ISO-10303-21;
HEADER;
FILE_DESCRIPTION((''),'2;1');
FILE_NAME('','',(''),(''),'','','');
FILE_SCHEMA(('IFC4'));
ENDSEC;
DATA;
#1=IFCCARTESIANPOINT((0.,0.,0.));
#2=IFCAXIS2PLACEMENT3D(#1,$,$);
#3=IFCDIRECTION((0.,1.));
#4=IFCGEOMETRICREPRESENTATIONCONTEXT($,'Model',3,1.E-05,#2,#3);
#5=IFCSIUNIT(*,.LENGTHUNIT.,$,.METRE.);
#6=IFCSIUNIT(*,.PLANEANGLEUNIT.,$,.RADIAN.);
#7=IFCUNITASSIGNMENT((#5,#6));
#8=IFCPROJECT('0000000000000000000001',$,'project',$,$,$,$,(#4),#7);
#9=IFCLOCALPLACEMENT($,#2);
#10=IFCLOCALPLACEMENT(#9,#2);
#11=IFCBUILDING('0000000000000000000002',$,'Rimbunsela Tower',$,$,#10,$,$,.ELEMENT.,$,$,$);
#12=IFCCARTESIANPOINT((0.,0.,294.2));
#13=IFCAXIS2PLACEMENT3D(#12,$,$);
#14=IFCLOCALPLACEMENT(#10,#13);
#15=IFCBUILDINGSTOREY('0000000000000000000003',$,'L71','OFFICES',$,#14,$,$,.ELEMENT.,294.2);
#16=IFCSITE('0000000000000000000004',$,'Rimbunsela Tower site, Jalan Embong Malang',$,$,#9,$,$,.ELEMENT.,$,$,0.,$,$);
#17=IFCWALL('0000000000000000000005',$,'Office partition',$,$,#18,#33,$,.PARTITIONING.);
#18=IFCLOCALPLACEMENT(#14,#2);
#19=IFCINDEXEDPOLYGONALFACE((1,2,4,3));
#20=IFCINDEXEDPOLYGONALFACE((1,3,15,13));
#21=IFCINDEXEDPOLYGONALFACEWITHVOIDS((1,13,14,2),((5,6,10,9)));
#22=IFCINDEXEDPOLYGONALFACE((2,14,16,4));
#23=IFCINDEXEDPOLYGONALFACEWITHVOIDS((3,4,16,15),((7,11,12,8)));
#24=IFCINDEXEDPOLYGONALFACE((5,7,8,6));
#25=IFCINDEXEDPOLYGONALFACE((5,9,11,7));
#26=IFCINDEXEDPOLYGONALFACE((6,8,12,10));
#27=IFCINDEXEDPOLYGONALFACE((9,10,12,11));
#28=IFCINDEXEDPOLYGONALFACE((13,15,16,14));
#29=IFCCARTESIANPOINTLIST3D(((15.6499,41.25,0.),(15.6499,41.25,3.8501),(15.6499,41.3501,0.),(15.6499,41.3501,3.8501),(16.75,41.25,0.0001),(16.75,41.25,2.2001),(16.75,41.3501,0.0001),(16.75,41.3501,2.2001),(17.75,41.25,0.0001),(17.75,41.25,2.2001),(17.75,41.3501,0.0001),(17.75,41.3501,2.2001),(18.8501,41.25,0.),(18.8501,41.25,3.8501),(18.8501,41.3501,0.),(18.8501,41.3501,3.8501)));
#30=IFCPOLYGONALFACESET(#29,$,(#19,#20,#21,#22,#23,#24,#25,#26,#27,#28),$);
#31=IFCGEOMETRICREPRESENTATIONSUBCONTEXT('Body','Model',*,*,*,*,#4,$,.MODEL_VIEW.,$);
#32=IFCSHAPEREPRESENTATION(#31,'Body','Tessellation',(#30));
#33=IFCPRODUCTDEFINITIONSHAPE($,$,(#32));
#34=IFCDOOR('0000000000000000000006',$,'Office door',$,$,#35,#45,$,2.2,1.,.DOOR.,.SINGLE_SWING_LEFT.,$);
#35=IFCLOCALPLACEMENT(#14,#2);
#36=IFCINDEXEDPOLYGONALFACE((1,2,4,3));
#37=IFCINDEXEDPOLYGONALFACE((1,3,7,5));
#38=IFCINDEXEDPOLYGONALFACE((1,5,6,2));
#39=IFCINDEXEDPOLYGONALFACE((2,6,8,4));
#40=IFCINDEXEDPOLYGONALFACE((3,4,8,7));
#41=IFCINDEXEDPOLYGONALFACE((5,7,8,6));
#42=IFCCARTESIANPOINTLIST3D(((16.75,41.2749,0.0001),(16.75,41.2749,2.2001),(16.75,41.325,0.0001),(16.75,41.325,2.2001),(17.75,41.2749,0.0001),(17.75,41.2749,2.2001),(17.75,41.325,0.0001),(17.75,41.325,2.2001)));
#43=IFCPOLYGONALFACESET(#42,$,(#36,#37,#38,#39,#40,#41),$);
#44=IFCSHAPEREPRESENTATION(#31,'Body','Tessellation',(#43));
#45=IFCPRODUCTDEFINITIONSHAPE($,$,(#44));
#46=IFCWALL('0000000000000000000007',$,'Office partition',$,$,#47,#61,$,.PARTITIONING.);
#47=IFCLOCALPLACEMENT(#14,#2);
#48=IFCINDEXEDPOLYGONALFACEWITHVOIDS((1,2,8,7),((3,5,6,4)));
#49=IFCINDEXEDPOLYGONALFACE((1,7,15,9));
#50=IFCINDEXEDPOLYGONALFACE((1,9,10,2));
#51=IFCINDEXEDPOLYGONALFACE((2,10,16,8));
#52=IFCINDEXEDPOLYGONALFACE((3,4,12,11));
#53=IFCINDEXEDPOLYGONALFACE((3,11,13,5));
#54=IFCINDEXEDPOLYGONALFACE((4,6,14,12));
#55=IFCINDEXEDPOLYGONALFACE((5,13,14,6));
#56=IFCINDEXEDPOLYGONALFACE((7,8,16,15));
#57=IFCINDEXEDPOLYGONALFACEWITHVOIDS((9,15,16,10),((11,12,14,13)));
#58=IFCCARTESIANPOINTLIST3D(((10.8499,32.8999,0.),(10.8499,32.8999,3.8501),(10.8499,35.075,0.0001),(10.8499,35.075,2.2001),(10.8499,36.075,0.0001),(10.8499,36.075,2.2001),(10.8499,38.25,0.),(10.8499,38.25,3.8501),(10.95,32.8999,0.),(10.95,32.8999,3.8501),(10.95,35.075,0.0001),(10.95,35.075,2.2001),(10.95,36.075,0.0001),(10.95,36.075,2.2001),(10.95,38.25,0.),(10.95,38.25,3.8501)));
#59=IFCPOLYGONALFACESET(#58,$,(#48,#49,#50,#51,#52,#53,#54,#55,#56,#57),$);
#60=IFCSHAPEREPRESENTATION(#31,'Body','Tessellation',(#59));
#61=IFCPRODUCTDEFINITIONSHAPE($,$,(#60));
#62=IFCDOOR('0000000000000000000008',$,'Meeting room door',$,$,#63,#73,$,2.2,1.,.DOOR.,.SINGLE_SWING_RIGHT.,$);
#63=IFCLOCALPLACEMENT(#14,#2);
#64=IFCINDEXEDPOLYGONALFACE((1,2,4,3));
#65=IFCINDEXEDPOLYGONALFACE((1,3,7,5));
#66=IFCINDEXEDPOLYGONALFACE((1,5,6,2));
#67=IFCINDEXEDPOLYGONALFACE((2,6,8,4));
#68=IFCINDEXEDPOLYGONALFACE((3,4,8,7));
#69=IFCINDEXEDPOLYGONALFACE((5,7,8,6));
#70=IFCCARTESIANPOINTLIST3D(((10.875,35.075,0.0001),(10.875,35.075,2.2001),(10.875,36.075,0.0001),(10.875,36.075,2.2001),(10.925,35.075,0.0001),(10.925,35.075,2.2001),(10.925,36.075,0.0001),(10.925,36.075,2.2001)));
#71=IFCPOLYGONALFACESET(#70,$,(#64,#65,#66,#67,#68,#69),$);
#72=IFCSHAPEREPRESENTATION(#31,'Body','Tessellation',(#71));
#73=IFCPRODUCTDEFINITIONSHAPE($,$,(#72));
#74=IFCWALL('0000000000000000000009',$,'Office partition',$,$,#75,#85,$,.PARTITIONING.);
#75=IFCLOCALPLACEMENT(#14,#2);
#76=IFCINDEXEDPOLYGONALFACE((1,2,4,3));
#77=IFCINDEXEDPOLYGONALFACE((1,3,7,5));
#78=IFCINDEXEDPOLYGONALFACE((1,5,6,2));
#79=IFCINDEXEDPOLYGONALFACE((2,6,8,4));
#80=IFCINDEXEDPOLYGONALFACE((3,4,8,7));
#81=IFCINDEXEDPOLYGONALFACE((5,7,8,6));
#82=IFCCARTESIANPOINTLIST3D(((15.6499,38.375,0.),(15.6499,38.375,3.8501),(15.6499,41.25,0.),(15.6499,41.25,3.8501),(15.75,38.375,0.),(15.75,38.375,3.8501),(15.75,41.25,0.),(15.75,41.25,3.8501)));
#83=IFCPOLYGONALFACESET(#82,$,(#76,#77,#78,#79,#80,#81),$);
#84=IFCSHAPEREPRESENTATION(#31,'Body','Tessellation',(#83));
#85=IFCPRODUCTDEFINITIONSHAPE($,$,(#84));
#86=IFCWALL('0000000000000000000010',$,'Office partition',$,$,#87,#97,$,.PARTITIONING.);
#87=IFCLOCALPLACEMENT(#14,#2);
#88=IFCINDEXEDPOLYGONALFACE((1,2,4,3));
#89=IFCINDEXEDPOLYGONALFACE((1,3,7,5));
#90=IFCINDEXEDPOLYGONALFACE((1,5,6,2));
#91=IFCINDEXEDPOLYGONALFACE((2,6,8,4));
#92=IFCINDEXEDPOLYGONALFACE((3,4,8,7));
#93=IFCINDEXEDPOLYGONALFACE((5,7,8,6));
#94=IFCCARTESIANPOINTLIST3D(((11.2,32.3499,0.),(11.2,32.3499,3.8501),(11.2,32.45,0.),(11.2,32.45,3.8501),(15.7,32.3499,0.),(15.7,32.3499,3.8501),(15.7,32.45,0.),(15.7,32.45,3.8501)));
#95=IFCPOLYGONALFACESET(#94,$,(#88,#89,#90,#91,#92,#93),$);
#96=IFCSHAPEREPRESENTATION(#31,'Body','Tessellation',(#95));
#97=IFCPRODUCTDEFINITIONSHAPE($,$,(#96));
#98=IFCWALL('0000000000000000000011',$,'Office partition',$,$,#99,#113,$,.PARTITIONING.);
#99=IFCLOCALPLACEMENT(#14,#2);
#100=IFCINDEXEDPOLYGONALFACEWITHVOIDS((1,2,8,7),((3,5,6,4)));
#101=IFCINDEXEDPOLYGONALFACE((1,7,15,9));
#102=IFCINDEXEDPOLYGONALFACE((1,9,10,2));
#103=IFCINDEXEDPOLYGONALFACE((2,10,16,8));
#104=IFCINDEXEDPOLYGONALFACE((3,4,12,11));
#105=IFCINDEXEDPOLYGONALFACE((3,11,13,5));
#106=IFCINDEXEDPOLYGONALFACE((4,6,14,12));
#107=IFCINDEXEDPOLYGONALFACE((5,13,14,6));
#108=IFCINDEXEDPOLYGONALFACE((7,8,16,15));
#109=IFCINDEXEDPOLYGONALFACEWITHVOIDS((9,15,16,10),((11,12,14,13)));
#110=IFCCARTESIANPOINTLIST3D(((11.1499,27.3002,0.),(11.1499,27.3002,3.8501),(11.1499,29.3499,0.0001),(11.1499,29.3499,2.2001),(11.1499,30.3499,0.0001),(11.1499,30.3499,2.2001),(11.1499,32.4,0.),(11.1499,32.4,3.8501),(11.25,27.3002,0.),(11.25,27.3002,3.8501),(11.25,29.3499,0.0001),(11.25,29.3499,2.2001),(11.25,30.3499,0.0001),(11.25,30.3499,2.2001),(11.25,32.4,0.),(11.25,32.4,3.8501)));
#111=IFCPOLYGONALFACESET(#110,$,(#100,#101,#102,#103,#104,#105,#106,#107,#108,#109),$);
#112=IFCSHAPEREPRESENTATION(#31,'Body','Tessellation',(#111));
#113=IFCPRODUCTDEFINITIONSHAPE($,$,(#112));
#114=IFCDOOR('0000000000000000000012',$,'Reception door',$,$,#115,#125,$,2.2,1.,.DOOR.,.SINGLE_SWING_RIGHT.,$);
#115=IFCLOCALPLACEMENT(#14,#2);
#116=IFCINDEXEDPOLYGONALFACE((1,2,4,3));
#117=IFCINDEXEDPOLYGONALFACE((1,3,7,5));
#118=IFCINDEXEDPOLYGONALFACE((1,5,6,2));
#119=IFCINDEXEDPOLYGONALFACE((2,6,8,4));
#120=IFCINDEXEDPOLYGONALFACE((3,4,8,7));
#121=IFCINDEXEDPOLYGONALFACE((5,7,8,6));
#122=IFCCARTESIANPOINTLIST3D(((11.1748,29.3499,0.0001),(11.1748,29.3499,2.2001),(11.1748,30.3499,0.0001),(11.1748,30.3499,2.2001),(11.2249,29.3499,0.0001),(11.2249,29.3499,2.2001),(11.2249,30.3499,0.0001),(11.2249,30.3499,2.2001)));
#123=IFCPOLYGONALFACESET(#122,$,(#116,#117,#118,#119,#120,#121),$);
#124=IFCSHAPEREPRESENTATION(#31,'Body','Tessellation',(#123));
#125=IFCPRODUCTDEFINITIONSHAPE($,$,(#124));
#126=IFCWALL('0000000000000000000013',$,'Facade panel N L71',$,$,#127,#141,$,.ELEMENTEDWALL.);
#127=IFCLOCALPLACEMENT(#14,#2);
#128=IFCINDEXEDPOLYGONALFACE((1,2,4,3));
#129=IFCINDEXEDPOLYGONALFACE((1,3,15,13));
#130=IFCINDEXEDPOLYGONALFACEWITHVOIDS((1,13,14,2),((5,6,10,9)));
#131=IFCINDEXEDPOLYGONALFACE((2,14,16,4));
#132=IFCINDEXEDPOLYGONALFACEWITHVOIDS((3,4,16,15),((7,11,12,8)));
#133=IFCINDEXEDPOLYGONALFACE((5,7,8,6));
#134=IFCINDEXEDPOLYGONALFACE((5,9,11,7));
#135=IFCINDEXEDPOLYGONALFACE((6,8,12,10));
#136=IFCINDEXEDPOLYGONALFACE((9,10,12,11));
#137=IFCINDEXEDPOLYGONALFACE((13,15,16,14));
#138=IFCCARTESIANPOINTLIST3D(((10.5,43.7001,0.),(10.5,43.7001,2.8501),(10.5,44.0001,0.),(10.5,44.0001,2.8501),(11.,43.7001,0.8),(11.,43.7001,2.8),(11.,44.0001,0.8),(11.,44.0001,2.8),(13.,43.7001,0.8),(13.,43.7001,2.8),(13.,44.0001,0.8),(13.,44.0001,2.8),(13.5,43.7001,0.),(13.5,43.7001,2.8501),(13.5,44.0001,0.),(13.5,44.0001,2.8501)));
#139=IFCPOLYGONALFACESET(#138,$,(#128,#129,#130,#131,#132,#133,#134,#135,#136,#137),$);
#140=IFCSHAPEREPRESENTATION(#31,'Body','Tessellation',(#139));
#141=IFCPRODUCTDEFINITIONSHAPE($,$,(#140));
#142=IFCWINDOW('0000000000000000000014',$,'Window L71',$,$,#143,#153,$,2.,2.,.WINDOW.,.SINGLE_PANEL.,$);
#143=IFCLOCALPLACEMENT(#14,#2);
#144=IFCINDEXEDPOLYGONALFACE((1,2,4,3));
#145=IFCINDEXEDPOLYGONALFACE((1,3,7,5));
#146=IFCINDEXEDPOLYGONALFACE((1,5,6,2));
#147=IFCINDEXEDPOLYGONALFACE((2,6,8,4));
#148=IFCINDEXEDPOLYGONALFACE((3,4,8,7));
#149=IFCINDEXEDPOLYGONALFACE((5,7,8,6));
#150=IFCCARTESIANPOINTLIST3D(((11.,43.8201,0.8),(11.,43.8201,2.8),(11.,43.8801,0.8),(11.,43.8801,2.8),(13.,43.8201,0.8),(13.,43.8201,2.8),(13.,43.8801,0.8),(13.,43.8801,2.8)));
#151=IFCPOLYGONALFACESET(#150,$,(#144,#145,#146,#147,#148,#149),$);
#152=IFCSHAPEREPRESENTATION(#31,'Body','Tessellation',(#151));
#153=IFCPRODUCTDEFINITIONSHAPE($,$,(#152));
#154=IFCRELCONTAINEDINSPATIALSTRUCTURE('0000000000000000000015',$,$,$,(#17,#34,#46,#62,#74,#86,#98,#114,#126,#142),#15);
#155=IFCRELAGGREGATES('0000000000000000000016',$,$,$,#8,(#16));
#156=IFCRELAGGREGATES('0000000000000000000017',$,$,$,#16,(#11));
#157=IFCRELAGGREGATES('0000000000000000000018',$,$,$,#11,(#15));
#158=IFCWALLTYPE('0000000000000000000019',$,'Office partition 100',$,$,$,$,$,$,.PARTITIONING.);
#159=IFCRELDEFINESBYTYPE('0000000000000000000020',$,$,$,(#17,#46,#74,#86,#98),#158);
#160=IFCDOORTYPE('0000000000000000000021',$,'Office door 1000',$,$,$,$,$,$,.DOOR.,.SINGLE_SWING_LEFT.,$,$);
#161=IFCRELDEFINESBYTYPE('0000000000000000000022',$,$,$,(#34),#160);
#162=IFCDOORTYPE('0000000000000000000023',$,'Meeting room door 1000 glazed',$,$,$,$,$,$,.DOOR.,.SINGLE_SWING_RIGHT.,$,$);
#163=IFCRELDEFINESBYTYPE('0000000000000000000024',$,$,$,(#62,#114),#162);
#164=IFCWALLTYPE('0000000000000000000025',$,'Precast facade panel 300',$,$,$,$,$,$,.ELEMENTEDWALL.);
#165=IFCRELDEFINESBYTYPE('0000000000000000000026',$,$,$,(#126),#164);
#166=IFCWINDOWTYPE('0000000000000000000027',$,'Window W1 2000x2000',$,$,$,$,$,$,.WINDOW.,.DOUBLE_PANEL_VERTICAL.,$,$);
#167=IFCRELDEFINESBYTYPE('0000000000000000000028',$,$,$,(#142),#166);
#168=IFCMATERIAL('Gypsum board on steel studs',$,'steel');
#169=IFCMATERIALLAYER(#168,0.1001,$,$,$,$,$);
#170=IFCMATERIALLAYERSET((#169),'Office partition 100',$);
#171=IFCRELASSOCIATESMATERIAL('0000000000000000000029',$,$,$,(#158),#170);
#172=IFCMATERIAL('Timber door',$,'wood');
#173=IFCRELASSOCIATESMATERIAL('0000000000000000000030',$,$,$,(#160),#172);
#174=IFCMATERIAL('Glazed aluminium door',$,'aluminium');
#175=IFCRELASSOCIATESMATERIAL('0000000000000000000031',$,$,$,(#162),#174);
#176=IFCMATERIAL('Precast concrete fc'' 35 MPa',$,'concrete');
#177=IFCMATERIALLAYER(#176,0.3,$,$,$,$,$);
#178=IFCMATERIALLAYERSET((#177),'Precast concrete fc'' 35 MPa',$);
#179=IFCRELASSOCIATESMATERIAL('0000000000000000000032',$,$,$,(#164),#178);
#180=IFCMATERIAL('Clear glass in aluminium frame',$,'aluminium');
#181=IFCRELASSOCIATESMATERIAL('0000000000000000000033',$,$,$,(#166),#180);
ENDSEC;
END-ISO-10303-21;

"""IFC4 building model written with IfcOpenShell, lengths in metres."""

from ifc_helpers import new_model, si_unit, direction, frame, frame_2d, origin, place, context, subcontext, project, spatial, rectangle, extrude, material, layer, layer_set, type_object, element, fill, save


model = new_model("IFC4")

# Units and contexts
model_context = context("Model", 3, precision=1e-05, world=origin(), true_north=direction((0.0, 1.0)))
body_context = subcontext(model_context, "Body", "Model", "MODEL_VIEW")
ifc_project = project(units=[si_unit("LENGTHUNIT", "METRE"), si_unit("PLANEANGLEUNIT", "RADIAN")], contexts=[model_context])

# Site, building, storey
site_placement = place(None, origin())
site = spatial("IfcSite", under=ifc_project, at=site_placement, Name="Rimbunsela Tower site, Jalan Embong Malang", CompositionType="ELEMENT", RefElevation=0.0)
building_placement = place(site_placement, origin())
building = spatial("IfcBuilding", under=site, at=building_placement, Name="Rimbunsela Tower", CompositionType="ELEMENT")
storey_placement = place(building_placement, frame((0.0, 0.0, 294.2)))
storey = spatial("IfcBuildingStorey", under=building, at=storey_placement, Name="L71", Description="OFFICES", CompositionType="ELEMENT", Elevation=294.2)

# Shared definitions
ifc_material_1 = material(Name="Gypsum board on steel studs", Category="steel")
ifc_layer_1 = layer(ifc_material_1, 0.1001)
ifc_layer_set_1 = layer_set([ifc_layer_1], Name="Office partition 100")
wall_type_1 = type_object("IfcWallType", Name="Office partition 100", PredefinedType="PARTITIONING", material=ifc_layer_set_1)

# Walls, openings, doors
wall_1_placement = place(storey_placement, frame((15.6499, 41.3, 0.0), z_axis=(0.0, 0.0, 1.0), x_axis=(1.0, 0.0, 0.0)))
wall_1 = element("IfcWall", 1, at=wall_1_placement, inside=storey, type_object=wall_type_1, Name="Office partition", PredefinedType="PARTITIONING", context=body_context, shape_type="SweptSolid", body=[
    extrude(rectangle(XDim=3.2002, YDim=0.1001, at=frame_2d((1.6001, 0.0))), origin(), (0.0, 0.0, 1.0), 3.8501),
])
opening_1_placement = place(wall_1_placement, frame((1.1001, 0.0, 0.0)))
opening_1 = element("IfcOpeningElement", 2, at=opening_1_placement, cuts=wall_1, PredefinedType="OPENING", context=body_context, shape_type="SweptSolid", body=[
    extrude(rectangle(XDim=1.0, YDim=2.2, at=frame_2d((0.5, 1.1001))), frame((0.0, 0.0601, 0.0), z_axis=(0.0, -1.0, 0.0), x_axis=(1.0, 0.0, 0.0)), (0.0, 0.0, 1.0), 0.1201),
])
ifc_material_2 = material(Name="Timber door", Category="wood")
door_type_1 = type_object("IfcDoorType", Name="Office door 1000", OperationType="SINGLE_SWING_LEFT", PredefinedType="DOOR", material=ifc_material_2)
door_1_placement = place(opening_1_placement, origin())
door_1 = element("IfcDoor", 3, at=door_1_placement, inside=storey, type_object=door_type_1, Name="Office door", OperationType="SINGLE_SWING_LEFT", OverallHeight=2.2, OverallWidth=1.0, PredefinedType="DOOR", context=body_context, shape_type="SweptSolid", body=[
    extrude(rectangle(XDim=1.0, YDim=2.2, at=frame_2d((0.5, 1.1001))), frame((0.0, 0.0249, 0.0), z_axis=(0.0, -1.0, 0.0), x_axis=(1.0, 0.0, 0.0)), (0.0, 0.0, 1.0), 0.05),
])
fill(opening_1, door_1)
wall_2_placement = place(storey_placement, frame((10.8999, 32.8999, 0.0), z_axis=(0.0, 0.0, 1.0), x_axis=(0.0, 1.0, 0.0)))
wall_2 = element("IfcWall", 4, at=wall_2_placement, inside=storey, type_object=wall_type_1, Name="Office partition", PredefinedType="PARTITIONING", context=body_context, shape_type="SweptSolid", body=[
    extrude(rectangle(XDim=5.3501, YDim=0.1001, at=frame_2d((2.675, 0.0))), origin(), (0.0, 0.0, 1.0), 3.8501),
])
opening_2_placement = place(wall_2_placement, frame((2.175, 0.0, 0.0)))
opening_2 = element("IfcOpeningElement", 5, at=opening_2_placement, cuts=wall_2, PredefinedType="OPENING", context=body_context, shape_type="SweptSolid", body=[
    extrude(rectangle(XDim=1.0, YDim=2.2, at=frame_2d((0.5, 1.1001))), frame((0.0, 0.0601, 0.0), z_axis=(0.0, -1.0, 0.0), x_axis=(1.0, 0.0, 0.0)), (0.0, 0.0, 1.0), 0.1201),
])
ifc_material_3 = material(Name="Glazed aluminium door", Category="aluminium")
door_type_2 = type_object("IfcDoorType", Name="Meeting room door 1000 glazed", OperationType="SINGLE_SWING_RIGHT", PredefinedType="DOOR", material=ifc_material_3)
door_2_placement = place(opening_2_placement, origin())
door_2 = element("IfcDoor", 6, at=door_2_placement, inside=storey, type_object=door_type_2, Name="Meeting room door", OperationType="SINGLE_SWING_RIGHT", OverallHeight=2.2, OverallWidth=1.0, PredefinedType="DOOR", context=body_context, shape_type="SweptSolid", body=[
    extrude(rectangle(XDim=1.0, YDim=2.2, at=frame_2d((0.5, 1.1001))), frame((0.0, 0.0249, 0.0), z_axis=(0.0, -1.0, 0.0), x_axis=(1.0, 0.0, 0.0)), (0.0, 0.0, 1.0), 0.05),
])
fill(opening_2, door_2)

# Walls
wall_3_placement = place(storey_placement, frame((15.7, 38.375, 0.0), z_axis=(0.0, 0.0, 1.0), x_axis=(0.0, 1.0, 0.0)))
element("IfcWall", 7, at=wall_3_placement, inside=storey, type_object=wall_type_1, Name="Office partition", PredefinedType="PARTITIONING", context=body_context, shape_type="SweptSolid", body=[
    extrude(rectangle(XDim=2.875, YDim=0.1001, at=frame_2d((1.4375, 0.0))), origin(), (0.0, 0.0, 1.0), 3.8501),
])
wall_4_placement = place(storey_placement, frame((15.7, 32.3999, 0.0), z_axis=(0.0, 0.0, 1.0), x_axis=(-1.0, 0.0, 0.0)))
element("IfcWall", 8, at=wall_4_placement, inside=storey, type_object=wall_type_1, Name="Office partition", PredefinedType="PARTITIONING", context=body_context, shape_type="SweptSolid", body=[
    extrude(rectangle(XDim=4.5, YDim=0.1001, at=frame_2d((2.25, 0.0))), origin(), (0.0, 0.0, 1.0), 3.8501),
])

# Wall, opening, door
wall_5_placement = place(storey_placement, frame((11.2, 32.3999, 0.0), z_axis=(0.0, 0.0, 1.0), x_axis=(0.0, -1.0, 0.0)))
wall_5 = element("IfcWall", 9, at=wall_5_placement, inside=storey, type_object=wall_type_1, Name="Office partition", PredefinedType="PARTITIONING", context=body_context, shape_type="SweptSolid", body=[
    extrude(rectangle(XDim=5.0999, YDim=0.1001, at=frame_2d((2.5498, 0.0))), origin(), (0.0, 0.0, 1.0), 3.8501),
])
opening_3_placement = place(wall_5_placement, frame((2.05, 0.0, 0.0)))
opening_3 = element("IfcOpeningElement", 10, at=opening_3_placement, cuts=wall_5, PredefinedType="OPENING", context=body_context, shape_type="SweptSolid", body=[
    extrude(rectangle(XDim=1.0, YDim=2.2, at=frame_2d((0.5, 1.1001))), frame((0.0, 0.0601, 0.0), z_axis=(0.0, -1.0, 0.0), x_axis=(1.0, 0.0, 0.0)), (0.0, 0.0, 1.0), 0.1201),
])
door_3_placement = place(opening_3_placement, origin())
door_3 = element("IfcDoor", 11, at=door_3_placement, inside=storey, type_object=door_type_2, Name="Reception door", OperationType="SINGLE_SWING_RIGHT", OverallHeight=2.2, OverallWidth=1.0, PredefinedType="DOOR", context=body_context, shape_type="SweptSolid", body=[
    extrude(rectangle(XDim=1.0, YDim=2.2, at=frame_2d((0.5, 1.1001))), frame((0.0, 0.0249, 0.0), z_axis=(0.0, -1.0, 0.0), x_axis=(1.0, 0.0, 0.0)), (0.0, 0.0, 1.0), 0.05),
])
fill(opening_3, door_3)

# Wall, opening, window
ifc_material_4 = material(Name="Precast concrete fc' 35 MPa", Category="concrete")
ifc_layer_2 = layer(ifc_material_4, 0.3)
ifc_layer_set_2 = layer_set([ifc_layer_2], Name="Precast concrete fc' 35 MPa")
wall_type_2 = type_object("IfcWallType", Name="Precast facade panel 300", PredefinedType="ELEMENTEDWALL", material=ifc_layer_set_2)
wall_6_placement = place(storey_placement, frame((13.5, 43.8501, 0.0), z_axis=(0.0, 0.0, 1.0), x_axis=(-1.0, 0.0, 0.0)))
wall_6 = element("IfcWall", 12, at=wall_6_placement, inside=storey, type_object=wall_type_2, Name="Facade panel N L71", PredefinedType="ELEMENTEDWALL", context=body_context, shape_type="SweptSolid", body=[
    extrude(rectangle(XDim=3.0, YDim=0.3, at=frame_2d((1.5, 0.0))), origin(), (0.0, 0.0, 1.0), 2.8501),
])
opening_4_placement = place(wall_6_placement, frame((0.5, 0.0, 0.8)))
opening_4 = element("IfcOpeningElement", 13, at=opening_4_placement, cuts=wall_6, PredefinedType="OPENING", context=body_context, shape_type="SweptSolid", body=[
    extrude(rectangle(XDim=2.0, YDim=2.0, at=frame_2d((1.0, 1.0))), frame((0.0, 0.1599, 0.0), z_axis=(0.0, -1.0, 0.0), x_axis=(1.0, 0.0, 0.0)), (0.0, 0.0, 1.0), 0.3201),
])
ifc_material_5 = material(Name="Clear glass in aluminium frame", Category="aluminium")
window_type = type_object("IfcWindowType", Name="Window W1 2000x2000", PartitioningType="DOUBLE_PANEL_VERTICAL", PredefinedType="WINDOW", material=ifc_material_5)
window_1_placement = place(opening_4_placement, origin())
window_1 = element("IfcWindow", 14, at=window_1_placement, inside=storey, type_object=window_type, Name="Window L71", OverallHeight=2.0, OverallWidth=2.0, PartitioningType="SINGLE_PANEL", PredefinedType="WINDOW", context=body_context, shape_type="SweptSolid", body=[
    extrude(rectangle(XDim=2.0, YDim=2.0, at=frame_2d((1.0, 1.0))), frame((0.0, 0.03, 0.0), z_axis=(0.0, -1.0, 0.0), x_axis=(1.0, 0.0, 0.0)), (0.0, 0.0, 1.0), 0.0601),
])
fill(opening_4, window_1)

save(model, "model.ifc")
